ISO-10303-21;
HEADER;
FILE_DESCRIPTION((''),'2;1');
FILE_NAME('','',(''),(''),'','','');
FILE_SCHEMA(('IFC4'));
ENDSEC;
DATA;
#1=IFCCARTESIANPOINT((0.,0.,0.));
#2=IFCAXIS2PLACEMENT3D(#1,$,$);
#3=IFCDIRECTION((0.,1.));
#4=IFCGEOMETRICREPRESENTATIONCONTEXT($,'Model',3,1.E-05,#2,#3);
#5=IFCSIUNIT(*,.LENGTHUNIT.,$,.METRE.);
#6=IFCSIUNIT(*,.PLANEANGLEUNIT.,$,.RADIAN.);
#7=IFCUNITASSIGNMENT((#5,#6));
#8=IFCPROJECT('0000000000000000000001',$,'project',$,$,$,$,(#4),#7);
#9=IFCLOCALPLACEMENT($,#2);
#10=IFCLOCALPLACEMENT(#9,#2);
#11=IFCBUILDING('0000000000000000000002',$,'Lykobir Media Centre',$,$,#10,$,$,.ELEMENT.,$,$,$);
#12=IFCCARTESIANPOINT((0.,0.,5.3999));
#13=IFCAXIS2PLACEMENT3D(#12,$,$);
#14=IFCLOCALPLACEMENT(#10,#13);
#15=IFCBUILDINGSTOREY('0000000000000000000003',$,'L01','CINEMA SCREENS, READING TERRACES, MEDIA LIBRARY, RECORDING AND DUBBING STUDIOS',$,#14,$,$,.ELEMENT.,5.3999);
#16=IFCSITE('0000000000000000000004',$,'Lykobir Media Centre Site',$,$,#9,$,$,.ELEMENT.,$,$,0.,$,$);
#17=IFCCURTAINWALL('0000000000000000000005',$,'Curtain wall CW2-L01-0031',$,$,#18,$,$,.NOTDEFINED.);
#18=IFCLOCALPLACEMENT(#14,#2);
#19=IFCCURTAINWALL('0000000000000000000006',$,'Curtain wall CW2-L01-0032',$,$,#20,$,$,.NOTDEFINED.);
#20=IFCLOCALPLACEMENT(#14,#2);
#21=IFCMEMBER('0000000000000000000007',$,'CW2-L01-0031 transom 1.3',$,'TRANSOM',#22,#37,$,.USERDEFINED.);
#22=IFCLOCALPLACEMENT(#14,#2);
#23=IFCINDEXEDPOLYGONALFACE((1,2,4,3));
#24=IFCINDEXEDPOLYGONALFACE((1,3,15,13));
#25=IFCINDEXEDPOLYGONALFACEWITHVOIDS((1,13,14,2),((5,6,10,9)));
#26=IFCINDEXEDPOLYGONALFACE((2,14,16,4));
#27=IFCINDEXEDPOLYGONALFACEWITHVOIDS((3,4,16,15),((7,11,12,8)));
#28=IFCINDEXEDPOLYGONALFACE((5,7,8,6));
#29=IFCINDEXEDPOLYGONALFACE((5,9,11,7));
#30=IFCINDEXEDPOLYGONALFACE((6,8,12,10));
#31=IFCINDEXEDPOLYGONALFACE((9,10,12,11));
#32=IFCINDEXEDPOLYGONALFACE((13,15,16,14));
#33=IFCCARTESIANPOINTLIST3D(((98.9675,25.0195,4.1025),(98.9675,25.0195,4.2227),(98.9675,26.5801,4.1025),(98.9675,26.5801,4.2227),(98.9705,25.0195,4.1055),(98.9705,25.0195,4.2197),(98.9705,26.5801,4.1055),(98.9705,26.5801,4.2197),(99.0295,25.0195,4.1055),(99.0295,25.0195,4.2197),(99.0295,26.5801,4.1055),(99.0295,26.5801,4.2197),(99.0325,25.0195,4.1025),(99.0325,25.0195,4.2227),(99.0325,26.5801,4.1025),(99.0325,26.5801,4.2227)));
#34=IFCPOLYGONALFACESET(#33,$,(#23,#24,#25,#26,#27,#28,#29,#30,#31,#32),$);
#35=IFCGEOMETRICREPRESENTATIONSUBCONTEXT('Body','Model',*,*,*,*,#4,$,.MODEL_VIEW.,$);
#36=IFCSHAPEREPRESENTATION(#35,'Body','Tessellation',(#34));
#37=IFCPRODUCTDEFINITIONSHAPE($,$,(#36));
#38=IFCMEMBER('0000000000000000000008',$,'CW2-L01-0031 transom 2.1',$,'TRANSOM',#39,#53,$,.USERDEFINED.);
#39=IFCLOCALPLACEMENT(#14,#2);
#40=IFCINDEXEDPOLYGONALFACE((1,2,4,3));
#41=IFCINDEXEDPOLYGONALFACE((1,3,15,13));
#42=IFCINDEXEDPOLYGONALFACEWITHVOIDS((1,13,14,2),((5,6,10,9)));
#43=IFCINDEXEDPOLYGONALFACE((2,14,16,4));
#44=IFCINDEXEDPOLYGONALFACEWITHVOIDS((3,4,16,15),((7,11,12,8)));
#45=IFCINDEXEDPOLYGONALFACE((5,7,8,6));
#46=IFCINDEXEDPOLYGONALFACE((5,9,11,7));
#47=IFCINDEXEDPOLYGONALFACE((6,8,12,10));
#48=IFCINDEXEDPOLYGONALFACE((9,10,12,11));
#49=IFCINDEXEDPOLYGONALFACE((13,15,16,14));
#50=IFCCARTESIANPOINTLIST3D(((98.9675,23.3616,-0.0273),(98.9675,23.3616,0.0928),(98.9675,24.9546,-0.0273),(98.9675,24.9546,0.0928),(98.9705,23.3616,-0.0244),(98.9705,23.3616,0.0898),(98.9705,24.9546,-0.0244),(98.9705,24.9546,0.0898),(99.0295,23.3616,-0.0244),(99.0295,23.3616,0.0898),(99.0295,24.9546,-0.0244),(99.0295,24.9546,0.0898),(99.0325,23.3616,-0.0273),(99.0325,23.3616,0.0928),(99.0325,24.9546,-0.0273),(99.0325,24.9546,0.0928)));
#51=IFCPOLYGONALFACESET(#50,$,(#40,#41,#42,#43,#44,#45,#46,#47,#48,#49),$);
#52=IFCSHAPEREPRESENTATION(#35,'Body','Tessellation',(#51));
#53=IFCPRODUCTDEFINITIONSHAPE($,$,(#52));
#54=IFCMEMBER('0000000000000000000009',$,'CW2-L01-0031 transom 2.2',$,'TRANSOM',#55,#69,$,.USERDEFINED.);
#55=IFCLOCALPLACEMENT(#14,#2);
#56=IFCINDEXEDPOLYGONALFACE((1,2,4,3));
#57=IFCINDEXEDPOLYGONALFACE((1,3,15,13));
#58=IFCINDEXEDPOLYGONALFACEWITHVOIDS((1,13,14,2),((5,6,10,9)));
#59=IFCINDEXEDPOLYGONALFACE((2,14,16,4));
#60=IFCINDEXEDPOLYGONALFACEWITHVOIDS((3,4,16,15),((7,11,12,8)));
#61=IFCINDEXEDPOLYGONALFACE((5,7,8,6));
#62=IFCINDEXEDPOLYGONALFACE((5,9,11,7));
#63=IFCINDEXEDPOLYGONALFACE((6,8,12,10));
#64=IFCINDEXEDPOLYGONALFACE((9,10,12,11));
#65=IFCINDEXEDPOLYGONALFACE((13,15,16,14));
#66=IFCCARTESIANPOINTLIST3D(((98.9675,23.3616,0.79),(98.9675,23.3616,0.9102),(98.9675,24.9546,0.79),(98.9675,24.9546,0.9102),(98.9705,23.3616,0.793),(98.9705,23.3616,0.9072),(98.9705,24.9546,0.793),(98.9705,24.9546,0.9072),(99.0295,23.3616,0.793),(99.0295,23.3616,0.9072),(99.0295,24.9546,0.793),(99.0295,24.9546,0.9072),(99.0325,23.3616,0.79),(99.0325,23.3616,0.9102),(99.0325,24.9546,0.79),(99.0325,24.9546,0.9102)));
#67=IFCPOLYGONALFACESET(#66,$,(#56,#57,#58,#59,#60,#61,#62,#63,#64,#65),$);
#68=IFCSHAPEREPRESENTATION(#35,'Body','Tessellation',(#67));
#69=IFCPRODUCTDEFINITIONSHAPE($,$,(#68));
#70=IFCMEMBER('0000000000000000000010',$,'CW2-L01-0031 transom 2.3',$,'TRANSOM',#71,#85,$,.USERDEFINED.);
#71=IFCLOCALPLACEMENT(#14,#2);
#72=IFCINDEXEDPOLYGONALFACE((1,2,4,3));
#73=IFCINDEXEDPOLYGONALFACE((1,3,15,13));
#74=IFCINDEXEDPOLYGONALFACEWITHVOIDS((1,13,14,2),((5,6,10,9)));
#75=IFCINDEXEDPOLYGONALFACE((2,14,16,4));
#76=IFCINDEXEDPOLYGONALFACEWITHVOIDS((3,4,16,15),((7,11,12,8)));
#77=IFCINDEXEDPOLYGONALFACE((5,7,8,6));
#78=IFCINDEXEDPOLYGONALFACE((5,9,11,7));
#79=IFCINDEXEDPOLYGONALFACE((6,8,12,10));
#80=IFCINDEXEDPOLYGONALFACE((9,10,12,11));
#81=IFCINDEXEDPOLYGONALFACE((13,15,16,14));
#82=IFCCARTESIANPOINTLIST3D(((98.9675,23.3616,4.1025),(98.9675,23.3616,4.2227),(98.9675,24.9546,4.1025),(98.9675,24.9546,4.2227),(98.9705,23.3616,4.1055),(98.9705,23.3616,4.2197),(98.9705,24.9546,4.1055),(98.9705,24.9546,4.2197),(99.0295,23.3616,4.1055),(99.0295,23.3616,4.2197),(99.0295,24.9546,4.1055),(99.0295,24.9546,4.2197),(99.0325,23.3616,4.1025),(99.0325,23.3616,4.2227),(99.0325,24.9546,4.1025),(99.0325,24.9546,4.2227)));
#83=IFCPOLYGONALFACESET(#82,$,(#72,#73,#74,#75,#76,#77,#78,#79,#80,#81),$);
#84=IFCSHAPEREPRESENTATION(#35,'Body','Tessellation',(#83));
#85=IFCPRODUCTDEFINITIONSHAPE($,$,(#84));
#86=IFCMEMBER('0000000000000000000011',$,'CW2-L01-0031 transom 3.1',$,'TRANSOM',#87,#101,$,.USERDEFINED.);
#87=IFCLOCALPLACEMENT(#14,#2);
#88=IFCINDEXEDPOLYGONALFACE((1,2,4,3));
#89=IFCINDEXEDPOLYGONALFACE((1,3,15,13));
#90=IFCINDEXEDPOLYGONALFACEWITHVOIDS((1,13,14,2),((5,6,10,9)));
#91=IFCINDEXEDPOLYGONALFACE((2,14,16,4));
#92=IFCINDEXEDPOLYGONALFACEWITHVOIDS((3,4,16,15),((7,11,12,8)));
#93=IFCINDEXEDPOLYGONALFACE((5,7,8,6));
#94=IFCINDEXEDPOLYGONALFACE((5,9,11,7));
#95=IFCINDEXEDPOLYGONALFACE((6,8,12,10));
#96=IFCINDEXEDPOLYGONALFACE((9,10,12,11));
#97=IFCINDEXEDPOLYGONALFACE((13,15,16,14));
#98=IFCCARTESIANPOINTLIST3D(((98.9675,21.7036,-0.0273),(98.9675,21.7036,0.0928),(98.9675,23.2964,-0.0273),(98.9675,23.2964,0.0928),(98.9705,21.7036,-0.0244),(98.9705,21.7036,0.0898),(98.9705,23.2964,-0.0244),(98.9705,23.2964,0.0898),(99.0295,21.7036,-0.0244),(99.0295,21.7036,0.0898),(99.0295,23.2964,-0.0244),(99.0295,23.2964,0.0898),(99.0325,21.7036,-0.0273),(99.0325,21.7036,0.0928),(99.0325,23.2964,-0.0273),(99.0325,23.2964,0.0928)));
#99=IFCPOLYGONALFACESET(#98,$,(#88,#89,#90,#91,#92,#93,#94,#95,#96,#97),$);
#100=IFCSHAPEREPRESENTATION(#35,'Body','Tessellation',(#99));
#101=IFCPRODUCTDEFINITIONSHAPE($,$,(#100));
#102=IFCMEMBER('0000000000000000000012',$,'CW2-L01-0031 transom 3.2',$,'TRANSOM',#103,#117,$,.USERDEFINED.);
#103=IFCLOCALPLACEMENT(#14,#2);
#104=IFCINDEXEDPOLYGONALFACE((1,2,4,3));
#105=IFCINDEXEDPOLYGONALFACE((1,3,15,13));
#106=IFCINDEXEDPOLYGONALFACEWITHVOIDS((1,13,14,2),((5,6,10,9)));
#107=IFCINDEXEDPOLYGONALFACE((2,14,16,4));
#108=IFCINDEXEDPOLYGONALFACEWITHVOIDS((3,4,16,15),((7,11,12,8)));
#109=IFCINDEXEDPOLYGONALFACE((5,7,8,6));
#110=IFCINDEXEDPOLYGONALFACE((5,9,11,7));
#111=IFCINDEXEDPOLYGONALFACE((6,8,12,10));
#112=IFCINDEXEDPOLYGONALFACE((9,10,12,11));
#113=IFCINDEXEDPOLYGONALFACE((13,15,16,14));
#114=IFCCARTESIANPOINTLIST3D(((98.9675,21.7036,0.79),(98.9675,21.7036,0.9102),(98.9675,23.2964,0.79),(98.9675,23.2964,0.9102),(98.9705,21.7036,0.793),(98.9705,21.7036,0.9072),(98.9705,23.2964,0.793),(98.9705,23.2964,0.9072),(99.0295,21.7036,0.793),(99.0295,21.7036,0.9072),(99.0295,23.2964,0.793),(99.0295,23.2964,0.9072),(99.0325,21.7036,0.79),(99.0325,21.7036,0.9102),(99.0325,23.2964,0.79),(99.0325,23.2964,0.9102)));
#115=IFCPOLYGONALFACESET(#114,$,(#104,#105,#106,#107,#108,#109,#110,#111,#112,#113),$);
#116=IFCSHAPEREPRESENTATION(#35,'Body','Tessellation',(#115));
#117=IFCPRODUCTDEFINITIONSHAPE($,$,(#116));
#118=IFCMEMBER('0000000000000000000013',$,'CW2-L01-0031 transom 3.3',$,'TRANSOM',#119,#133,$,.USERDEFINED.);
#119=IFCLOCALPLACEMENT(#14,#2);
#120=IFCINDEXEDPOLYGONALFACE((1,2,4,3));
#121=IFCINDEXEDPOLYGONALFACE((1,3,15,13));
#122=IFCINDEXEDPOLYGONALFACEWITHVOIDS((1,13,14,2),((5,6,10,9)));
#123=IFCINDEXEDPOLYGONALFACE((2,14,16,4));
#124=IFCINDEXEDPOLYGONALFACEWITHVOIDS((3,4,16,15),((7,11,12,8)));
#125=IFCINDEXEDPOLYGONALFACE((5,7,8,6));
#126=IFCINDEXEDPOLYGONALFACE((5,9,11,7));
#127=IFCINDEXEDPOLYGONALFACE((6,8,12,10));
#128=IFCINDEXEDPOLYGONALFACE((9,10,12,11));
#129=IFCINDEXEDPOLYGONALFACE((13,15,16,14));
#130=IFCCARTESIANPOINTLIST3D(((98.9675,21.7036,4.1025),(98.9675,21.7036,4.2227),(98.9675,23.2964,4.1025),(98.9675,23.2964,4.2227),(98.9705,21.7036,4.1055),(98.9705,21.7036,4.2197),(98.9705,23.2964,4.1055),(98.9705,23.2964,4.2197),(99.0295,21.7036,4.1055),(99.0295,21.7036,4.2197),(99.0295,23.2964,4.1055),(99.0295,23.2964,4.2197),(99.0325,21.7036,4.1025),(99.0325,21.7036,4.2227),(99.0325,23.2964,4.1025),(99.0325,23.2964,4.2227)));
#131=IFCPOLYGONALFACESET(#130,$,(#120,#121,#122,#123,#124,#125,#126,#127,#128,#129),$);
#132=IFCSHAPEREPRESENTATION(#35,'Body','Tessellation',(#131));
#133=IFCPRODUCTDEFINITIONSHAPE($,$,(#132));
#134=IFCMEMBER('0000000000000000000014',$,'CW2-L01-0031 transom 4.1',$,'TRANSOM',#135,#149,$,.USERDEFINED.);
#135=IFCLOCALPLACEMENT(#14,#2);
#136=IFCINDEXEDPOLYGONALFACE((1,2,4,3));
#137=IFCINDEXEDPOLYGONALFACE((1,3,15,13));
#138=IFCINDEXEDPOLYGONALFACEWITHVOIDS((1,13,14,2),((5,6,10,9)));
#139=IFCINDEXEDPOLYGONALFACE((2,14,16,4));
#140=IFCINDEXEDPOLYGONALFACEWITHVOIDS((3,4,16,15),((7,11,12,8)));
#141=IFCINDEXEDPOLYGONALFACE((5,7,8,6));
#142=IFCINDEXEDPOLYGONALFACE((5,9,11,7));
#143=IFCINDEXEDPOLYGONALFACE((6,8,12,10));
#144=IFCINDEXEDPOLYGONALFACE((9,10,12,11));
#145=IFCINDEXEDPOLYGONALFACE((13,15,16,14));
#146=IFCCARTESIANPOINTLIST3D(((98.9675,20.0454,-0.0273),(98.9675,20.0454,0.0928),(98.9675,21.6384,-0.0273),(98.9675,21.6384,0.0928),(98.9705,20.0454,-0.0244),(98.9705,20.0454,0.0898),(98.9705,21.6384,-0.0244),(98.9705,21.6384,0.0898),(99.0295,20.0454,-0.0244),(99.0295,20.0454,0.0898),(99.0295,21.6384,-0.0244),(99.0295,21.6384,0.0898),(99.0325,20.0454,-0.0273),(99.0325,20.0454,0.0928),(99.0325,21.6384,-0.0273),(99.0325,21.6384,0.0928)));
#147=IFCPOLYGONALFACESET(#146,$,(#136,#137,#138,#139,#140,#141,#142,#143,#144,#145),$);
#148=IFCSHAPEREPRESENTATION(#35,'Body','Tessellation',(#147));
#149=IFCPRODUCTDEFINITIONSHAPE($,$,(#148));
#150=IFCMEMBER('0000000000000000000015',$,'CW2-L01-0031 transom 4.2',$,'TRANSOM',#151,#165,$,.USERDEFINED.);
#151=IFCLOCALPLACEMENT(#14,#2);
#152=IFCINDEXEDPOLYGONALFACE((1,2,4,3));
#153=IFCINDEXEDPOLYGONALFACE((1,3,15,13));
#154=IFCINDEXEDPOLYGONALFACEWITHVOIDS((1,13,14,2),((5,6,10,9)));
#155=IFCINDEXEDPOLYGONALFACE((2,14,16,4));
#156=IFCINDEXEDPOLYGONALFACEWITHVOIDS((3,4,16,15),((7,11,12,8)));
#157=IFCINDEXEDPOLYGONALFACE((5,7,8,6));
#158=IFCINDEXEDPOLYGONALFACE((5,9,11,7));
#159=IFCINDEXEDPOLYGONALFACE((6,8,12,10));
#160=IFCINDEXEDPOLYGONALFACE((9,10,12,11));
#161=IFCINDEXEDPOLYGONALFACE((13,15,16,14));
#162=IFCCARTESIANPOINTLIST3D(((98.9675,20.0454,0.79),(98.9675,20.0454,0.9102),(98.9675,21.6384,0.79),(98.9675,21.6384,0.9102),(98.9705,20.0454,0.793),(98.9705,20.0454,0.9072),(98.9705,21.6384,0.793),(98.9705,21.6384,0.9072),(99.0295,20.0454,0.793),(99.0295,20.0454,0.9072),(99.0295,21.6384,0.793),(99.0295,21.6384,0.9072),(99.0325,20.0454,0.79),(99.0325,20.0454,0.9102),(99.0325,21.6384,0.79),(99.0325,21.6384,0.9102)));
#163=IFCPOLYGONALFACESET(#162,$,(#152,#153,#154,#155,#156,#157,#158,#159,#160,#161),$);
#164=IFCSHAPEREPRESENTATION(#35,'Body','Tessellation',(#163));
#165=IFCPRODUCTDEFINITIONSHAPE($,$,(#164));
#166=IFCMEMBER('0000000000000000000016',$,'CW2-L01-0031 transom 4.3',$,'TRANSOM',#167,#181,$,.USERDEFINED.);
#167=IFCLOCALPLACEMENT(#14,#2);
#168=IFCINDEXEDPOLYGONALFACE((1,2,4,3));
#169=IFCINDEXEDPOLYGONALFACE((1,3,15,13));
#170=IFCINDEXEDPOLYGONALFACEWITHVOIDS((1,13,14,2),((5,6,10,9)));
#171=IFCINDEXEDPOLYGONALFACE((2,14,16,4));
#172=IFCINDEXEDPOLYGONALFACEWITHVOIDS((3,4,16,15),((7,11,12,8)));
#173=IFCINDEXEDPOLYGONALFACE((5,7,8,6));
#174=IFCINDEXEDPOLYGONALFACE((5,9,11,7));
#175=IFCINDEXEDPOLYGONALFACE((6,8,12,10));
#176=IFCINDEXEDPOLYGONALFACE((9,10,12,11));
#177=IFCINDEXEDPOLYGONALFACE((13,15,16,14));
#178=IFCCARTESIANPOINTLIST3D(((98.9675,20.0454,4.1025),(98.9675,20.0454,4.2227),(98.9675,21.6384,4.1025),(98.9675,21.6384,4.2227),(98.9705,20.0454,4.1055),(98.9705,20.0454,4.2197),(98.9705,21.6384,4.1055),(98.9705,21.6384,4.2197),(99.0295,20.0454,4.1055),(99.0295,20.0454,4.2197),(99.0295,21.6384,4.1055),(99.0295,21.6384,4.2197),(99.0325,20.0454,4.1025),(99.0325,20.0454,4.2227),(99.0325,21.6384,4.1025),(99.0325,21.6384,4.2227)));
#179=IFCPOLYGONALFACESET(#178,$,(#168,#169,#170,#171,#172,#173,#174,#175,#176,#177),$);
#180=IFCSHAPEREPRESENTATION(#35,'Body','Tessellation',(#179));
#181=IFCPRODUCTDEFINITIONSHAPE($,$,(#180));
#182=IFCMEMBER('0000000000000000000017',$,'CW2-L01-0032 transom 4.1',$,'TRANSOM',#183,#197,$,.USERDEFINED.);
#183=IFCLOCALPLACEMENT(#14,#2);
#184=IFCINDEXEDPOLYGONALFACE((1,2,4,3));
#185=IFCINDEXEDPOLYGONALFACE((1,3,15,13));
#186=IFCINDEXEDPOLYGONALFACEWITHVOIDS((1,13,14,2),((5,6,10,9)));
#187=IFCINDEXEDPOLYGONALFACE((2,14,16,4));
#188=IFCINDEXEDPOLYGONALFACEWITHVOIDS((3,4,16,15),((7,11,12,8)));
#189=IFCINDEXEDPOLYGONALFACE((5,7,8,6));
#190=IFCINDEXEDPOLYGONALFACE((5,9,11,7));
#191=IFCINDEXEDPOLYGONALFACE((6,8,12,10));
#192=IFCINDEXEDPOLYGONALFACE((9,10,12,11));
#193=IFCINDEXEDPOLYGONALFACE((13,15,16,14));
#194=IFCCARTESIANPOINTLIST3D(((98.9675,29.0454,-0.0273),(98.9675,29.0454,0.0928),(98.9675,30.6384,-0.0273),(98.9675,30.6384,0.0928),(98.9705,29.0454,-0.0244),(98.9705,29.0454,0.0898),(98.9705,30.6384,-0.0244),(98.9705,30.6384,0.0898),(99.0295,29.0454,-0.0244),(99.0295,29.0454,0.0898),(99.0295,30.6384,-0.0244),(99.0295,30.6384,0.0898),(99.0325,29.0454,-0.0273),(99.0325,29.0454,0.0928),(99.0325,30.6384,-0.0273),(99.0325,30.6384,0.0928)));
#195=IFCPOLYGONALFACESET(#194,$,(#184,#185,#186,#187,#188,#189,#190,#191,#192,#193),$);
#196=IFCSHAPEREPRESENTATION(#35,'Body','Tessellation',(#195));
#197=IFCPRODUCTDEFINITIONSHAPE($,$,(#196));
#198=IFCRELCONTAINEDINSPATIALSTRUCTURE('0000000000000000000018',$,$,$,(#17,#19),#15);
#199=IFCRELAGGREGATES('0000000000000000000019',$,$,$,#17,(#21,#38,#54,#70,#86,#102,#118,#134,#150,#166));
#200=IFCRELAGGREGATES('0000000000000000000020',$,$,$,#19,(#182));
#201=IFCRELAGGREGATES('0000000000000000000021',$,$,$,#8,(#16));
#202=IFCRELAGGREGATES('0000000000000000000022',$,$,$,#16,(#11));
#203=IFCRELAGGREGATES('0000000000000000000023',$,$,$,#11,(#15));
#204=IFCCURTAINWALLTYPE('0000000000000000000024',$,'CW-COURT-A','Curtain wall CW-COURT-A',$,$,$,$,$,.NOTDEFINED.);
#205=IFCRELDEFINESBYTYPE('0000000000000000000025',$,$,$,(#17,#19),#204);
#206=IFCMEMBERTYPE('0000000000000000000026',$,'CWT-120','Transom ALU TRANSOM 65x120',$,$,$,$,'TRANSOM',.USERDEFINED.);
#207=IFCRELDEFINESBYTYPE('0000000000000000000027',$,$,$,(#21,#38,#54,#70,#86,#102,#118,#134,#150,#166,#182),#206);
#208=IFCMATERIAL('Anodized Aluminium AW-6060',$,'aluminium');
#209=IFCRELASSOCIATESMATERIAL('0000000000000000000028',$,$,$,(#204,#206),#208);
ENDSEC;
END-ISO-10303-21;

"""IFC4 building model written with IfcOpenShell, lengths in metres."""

from ifc_helpers import new_model, si_unit, direction, frame, origin, origin_2d, place, context, subcontext, project, spatial, hollow_rectangle, extrude, material, material_profile, profile_set, type_object, element, aggregate, save


model = new_model("IFC4")

# Units and contexts
model_context = context("Model", 3, precision=1e-05, world=origin(), true_north=direction((0.0, 1.0)))
body_context = subcontext(model_context, "Body", "Model", "MODEL_VIEW")
ifc_project = project(units=[si_unit("LENGTHUNIT", "METRE"), si_unit("PLANEANGLEUNIT", "RADIAN")], contexts=[model_context])

# Site, building, storey
site_placement = place(None, origin())
site = spatial("IfcSite", under=ifc_project, at=site_placement, Name="Lykobir Media Centre Site", CompositionType="ELEMENT", RefElevation=0.0)
building_placement = place(site_placement, origin())
building = spatial("IfcBuilding", under=site, at=building_placement, Name="Lykobir Media Centre", CompositionType="ELEMENT")
storey_placement = place(building_placement, frame((0.0, 0.0, 5.3999)))
storey = spatial("IfcBuildingStorey", under=building, at=storey_placement, Name="L01", Description="CINEMA SCREENS, READING TERRACES, MEDIA LIBRARY, RECORDING AND DUBBING STUDIOS", CompositionType="ELEMENT", Elevation=5.3999)

# Curtain walls
ifc_material_1 = material(Name="Anodized Aluminium AW-6060", Category="aluminium")
curtain_wall_type = type_object("IfcCurtainWallType", Name="CW-COURT-A", Description="Curtain wall CW-COURT-A", PredefinedType="NOTDEFINED", material=ifc_material_1)
curtain_wall_1_placement = place(storey_placement, origin())
curtain_wall_1 = element("IfcCurtainWall", 1, at=curtain_wall_1_placement, inside=storey, type_object=curtain_wall_type, Name="Curtain wall CW2-L01-0031", PredefinedType="NOTDEFINED")
curtain_wall_2_placement = place(storey_placement, origin())
curtain_wall_2 = element("IfcCurtainWall", 2, at=curtain_wall_2_placement, inside=storey, type_object=curtain_wall_type, Name="Curtain wall CW2-L01-0032", PredefinedType="NOTDEFINED")

# Members
ifc_material_profile_1 = material_profile(ifc_material_1, hollow_rectangle(XDim=0.0649, YDim=0.1201, WallThickness=0.0029, at=origin_2d()), Name="ALU TRANSOM 65x120")
ifc_profile_set_1 = profile_set([ifc_material_profile_1], Name="Anodized Aluminium AW-6060")
member_type_1 = type_object("IfcMemberType", Name="CWT-120", Description="Transom ALU TRANSOM 65x120", ElementType="TRANSOM", PredefinedType="USERDEFINED", material=ifc_profile_set_1)
member_1_placement = place(storey_placement, frame((99.0, 26.5801, 4.1626), z_axis=(0.0, -1.0, 0.0), x_axis=(1.0, 0.0, 0.0)))
member_1 = element("IfcMember", 3, at=member_1_placement, type_object=member_type_1, Name="CW2-L01-0031 transom 1.3", ObjectType="TRANSOM", PredefinedType="USERDEFINED", context=body_context, shape_type="SweptSolid", body=[
    extrude(hollow_rectangle(XDim=0.0649, YDim=0.1201, WallThickness=0.0029, at=origin_2d()), origin(), (0.0, 0.0, 1.0), 1.5605),
])
member_2_placement = place(storey_placement, frame((99.0, 24.9546, 0.0327), z_axis=(0.0, -1.0, 0.0), x_axis=(1.0, 0.0, 0.0)))
member_2 = element("IfcMember", 4, at=member_2_placement, type_object=member_type_1, Name="CW2-L01-0031 transom 2.1", ObjectType="TRANSOM", PredefinedType="USERDEFINED", context=body_context, shape_type="SweptSolid", body=[
    extrude(hollow_rectangle(XDim=0.0649, YDim=0.1201, WallThickness=0.0029, at=origin_2d()), origin(), (0.0, 0.0, 1.0), 1.593),
])
member_3_placement = place(storey_placement, frame((99.0, 24.9546, 0.8501), z_axis=(0.0, -1.0, 0.0), x_axis=(1.0, 0.0, 0.0)))
member_3 = element("IfcMember", 5, at=member_3_placement, type_object=member_type_1, Name="CW2-L01-0031 transom 2.2", ObjectType="TRANSOM", PredefinedType="USERDEFINED", context=body_context, shape_type="SweptSolid", body=[
    extrude(hollow_rectangle(XDim=0.0649, YDim=0.1201, WallThickness=0.0029, at=origin_2d()), origin(), (0.0, 0.0, 1.0), 1.593),
])
member_4_placement = place(storey_placement, frame((99.0, 24.9546, 4.1626), z_axis=(0.0, -1.0, 0.0), x_axis=(1.0, 0.0, 0.0)))
member_4 = element("IfcMember", 6, at=member_4_placement, type_object=member_type_1, Name="CW2-L01-0031 transom 2.3", ObjectType="TRANSOM", PredefinedType="USERDEFINED", context=body_context, shape_type="SweptSolid", body=[
    extrude(hollow_rectangle(XDim=0.0649, YDim=0.1201, WallThickness=0.0029, at=origin_2d()), origin(), (0.0, 0.0, 1.0), 1.593),
])
member_5_placement = place(storey_placement, frame((99.0, 23.2964, 0.0327), z_axis=(0.0, -1.0, 0.0), x_axis=(1.0, 0.0, 0.0)))
member_5 = element("IfcMember", 7, at=member_5_placement, type_object=member_type_1, Name="CW2-L01-0031 transom 3.1", ObjectType="TRANSOM", PredefinedType="USERDEFINED", context=body_context, shape_type="SweptSolid", body=[
    extrude(hollow_rectangle(XDim=0.0649, YDim=0.1201, WallThickness=0.0029, at=origin_2d()), origin(), (0.0, 0.0, 1.0), 1.5928),
])
member_6_placement = place(storey_placement, frame((99.0, 23.2964, 0.8501), z_axis=(0.0, -1.0, 0.0), x_axis=(1.0, 0.0, 0.0)))
member_6 = element("IfcMember", 8, at=member_6_placement, type_object=member_type_1, Name="CW2-L01-0031 transom 3.2", ObjectType="TRANSOM", PredefinedType="USERDEFINED", context=body_context, shape_type="SweptSolid", body=[
    extrude(hollow_rectangle(XDim=0.0649, YDim=0.1201, WallThickness=0.0029, at=origin_2d()), origin(), (0.0, 0.0, 1.0), 1.5928),
])
member_7_placement = place(storey_placement, frame((99.0, 23.2964, 4.1626), z_axis=(0.0, -1.0, 0.0), x_axis=(1.0, 0.0, 0.0)))
member_7 = element("IfcMember", 9, at=member_7_placement, type_object=member_type_1, Name="CW2-L01-0031 transom 3.3", ObjectType="TRANSOM", PredefinedType="USERDEFINED", context=body_context, shape_type="SweptSolid", body=[
    extrude(hollow_rectangle(XDim=0.0649, YDim=0.1201, WallThickness=0.0029, at=origin_2d()), origin(), (0.0, 0.0, 1.0), 1.5928),
])
member_8_placement = place(storey_placement, frame((99.0, 21.6384, 0.0327), z_axis=(0.0, -1.0, 0.0), x_axis=(1.0, 0.0, 0.0)))
member_8 = element("IfcMember", 10, at=member_8_placement, type_object=member_type_1, Name="CW2-L01-0031 transom 4.1", ObjectType="TRANSOM", PredefinedType="USERDEFINED", context=body_context, shape_type="SweptSolid", body=[
    extrude(hollow_rectangle(XDim=0.0649, YDim=0.1201, WallThickness=0.0029, at=origin_2d()), origin(), (0.0, 0.0, 1.0), 1.593),
])
member_9_placement = place(storey_placement, frame((99.0, 21.6384, 0.8501), z_axis=(0.0, -1.0, 0.0), x_axis=(1.0, 0.0, 0.0)))
member_9 = element("IfcMember", 11, at=member_9_placement, type_object=member_type_1, Name="CW2-L01-0031 transom 4.2", ObjectType="TRANSOM", PredefinedType="USERDEFINED", context=body_context, shape_type="SweptSolid", body=[
    extrude(hollow_rectangle(XDim=0.0649, YDim=0.1201, WallThickness=0.0029, at=origin_2d()), origin(), (0.0, 0.0, 1.0), 1.593),
])
member_10_placement = place(storey_placement, frame((99.0, 21.6384, 4.1626), z_axis=(0.0, -1.0, 0.0), x_axis=(1.0, 0.0, 0.0)))
member_10 = element("IfcMember", 12, at=member_10_placement, type_object=member_type_1, Name="CW2-L01-0031 transom 4.3", ObjectType="TRANSOM", PredefinedType="USERDEFINED", context=body_context, shape_type="SweptSolid", body=[
    extrude(hollow_rectangle(XDim=0.0649, YDim=0.1201, WallThickness=0.0029, at=origin_2d()), origin(), (0.0, 0.0, 1.0), 1.593),
])
member_11_placement = place(storey_placement, frame((99.0, 30.6384, 0.0327), z_axis=(0.0, -1.0, 0.0), x_axis=(1.0, 0.0, 0.0)))
member_11 = element("IfcMember", 13, at=member_11_placement, type_object=member_type_1, Name="CW2-L01-0032 transom 4.1", ObjectType="TRANSOM", PredefinedType="USERDEFINED", context=body_context, shape_type="SweptSolid", body=[
    extrude(hollow_rectangle(XDim=0.0649, YDim=0.1201, WallThickness=0.0029, at=origin_2d()), origin(), (0.0, 0.0, 1.0), 1.593),
])

aggregate(curtain_wall_1, [member_1, member_2, member_3, member_4, member_5, member_6, member_7, member_8, member_9, member_10])
aggregate(curtain_wall_2, [member_11])

save(model, "model.ifc")
